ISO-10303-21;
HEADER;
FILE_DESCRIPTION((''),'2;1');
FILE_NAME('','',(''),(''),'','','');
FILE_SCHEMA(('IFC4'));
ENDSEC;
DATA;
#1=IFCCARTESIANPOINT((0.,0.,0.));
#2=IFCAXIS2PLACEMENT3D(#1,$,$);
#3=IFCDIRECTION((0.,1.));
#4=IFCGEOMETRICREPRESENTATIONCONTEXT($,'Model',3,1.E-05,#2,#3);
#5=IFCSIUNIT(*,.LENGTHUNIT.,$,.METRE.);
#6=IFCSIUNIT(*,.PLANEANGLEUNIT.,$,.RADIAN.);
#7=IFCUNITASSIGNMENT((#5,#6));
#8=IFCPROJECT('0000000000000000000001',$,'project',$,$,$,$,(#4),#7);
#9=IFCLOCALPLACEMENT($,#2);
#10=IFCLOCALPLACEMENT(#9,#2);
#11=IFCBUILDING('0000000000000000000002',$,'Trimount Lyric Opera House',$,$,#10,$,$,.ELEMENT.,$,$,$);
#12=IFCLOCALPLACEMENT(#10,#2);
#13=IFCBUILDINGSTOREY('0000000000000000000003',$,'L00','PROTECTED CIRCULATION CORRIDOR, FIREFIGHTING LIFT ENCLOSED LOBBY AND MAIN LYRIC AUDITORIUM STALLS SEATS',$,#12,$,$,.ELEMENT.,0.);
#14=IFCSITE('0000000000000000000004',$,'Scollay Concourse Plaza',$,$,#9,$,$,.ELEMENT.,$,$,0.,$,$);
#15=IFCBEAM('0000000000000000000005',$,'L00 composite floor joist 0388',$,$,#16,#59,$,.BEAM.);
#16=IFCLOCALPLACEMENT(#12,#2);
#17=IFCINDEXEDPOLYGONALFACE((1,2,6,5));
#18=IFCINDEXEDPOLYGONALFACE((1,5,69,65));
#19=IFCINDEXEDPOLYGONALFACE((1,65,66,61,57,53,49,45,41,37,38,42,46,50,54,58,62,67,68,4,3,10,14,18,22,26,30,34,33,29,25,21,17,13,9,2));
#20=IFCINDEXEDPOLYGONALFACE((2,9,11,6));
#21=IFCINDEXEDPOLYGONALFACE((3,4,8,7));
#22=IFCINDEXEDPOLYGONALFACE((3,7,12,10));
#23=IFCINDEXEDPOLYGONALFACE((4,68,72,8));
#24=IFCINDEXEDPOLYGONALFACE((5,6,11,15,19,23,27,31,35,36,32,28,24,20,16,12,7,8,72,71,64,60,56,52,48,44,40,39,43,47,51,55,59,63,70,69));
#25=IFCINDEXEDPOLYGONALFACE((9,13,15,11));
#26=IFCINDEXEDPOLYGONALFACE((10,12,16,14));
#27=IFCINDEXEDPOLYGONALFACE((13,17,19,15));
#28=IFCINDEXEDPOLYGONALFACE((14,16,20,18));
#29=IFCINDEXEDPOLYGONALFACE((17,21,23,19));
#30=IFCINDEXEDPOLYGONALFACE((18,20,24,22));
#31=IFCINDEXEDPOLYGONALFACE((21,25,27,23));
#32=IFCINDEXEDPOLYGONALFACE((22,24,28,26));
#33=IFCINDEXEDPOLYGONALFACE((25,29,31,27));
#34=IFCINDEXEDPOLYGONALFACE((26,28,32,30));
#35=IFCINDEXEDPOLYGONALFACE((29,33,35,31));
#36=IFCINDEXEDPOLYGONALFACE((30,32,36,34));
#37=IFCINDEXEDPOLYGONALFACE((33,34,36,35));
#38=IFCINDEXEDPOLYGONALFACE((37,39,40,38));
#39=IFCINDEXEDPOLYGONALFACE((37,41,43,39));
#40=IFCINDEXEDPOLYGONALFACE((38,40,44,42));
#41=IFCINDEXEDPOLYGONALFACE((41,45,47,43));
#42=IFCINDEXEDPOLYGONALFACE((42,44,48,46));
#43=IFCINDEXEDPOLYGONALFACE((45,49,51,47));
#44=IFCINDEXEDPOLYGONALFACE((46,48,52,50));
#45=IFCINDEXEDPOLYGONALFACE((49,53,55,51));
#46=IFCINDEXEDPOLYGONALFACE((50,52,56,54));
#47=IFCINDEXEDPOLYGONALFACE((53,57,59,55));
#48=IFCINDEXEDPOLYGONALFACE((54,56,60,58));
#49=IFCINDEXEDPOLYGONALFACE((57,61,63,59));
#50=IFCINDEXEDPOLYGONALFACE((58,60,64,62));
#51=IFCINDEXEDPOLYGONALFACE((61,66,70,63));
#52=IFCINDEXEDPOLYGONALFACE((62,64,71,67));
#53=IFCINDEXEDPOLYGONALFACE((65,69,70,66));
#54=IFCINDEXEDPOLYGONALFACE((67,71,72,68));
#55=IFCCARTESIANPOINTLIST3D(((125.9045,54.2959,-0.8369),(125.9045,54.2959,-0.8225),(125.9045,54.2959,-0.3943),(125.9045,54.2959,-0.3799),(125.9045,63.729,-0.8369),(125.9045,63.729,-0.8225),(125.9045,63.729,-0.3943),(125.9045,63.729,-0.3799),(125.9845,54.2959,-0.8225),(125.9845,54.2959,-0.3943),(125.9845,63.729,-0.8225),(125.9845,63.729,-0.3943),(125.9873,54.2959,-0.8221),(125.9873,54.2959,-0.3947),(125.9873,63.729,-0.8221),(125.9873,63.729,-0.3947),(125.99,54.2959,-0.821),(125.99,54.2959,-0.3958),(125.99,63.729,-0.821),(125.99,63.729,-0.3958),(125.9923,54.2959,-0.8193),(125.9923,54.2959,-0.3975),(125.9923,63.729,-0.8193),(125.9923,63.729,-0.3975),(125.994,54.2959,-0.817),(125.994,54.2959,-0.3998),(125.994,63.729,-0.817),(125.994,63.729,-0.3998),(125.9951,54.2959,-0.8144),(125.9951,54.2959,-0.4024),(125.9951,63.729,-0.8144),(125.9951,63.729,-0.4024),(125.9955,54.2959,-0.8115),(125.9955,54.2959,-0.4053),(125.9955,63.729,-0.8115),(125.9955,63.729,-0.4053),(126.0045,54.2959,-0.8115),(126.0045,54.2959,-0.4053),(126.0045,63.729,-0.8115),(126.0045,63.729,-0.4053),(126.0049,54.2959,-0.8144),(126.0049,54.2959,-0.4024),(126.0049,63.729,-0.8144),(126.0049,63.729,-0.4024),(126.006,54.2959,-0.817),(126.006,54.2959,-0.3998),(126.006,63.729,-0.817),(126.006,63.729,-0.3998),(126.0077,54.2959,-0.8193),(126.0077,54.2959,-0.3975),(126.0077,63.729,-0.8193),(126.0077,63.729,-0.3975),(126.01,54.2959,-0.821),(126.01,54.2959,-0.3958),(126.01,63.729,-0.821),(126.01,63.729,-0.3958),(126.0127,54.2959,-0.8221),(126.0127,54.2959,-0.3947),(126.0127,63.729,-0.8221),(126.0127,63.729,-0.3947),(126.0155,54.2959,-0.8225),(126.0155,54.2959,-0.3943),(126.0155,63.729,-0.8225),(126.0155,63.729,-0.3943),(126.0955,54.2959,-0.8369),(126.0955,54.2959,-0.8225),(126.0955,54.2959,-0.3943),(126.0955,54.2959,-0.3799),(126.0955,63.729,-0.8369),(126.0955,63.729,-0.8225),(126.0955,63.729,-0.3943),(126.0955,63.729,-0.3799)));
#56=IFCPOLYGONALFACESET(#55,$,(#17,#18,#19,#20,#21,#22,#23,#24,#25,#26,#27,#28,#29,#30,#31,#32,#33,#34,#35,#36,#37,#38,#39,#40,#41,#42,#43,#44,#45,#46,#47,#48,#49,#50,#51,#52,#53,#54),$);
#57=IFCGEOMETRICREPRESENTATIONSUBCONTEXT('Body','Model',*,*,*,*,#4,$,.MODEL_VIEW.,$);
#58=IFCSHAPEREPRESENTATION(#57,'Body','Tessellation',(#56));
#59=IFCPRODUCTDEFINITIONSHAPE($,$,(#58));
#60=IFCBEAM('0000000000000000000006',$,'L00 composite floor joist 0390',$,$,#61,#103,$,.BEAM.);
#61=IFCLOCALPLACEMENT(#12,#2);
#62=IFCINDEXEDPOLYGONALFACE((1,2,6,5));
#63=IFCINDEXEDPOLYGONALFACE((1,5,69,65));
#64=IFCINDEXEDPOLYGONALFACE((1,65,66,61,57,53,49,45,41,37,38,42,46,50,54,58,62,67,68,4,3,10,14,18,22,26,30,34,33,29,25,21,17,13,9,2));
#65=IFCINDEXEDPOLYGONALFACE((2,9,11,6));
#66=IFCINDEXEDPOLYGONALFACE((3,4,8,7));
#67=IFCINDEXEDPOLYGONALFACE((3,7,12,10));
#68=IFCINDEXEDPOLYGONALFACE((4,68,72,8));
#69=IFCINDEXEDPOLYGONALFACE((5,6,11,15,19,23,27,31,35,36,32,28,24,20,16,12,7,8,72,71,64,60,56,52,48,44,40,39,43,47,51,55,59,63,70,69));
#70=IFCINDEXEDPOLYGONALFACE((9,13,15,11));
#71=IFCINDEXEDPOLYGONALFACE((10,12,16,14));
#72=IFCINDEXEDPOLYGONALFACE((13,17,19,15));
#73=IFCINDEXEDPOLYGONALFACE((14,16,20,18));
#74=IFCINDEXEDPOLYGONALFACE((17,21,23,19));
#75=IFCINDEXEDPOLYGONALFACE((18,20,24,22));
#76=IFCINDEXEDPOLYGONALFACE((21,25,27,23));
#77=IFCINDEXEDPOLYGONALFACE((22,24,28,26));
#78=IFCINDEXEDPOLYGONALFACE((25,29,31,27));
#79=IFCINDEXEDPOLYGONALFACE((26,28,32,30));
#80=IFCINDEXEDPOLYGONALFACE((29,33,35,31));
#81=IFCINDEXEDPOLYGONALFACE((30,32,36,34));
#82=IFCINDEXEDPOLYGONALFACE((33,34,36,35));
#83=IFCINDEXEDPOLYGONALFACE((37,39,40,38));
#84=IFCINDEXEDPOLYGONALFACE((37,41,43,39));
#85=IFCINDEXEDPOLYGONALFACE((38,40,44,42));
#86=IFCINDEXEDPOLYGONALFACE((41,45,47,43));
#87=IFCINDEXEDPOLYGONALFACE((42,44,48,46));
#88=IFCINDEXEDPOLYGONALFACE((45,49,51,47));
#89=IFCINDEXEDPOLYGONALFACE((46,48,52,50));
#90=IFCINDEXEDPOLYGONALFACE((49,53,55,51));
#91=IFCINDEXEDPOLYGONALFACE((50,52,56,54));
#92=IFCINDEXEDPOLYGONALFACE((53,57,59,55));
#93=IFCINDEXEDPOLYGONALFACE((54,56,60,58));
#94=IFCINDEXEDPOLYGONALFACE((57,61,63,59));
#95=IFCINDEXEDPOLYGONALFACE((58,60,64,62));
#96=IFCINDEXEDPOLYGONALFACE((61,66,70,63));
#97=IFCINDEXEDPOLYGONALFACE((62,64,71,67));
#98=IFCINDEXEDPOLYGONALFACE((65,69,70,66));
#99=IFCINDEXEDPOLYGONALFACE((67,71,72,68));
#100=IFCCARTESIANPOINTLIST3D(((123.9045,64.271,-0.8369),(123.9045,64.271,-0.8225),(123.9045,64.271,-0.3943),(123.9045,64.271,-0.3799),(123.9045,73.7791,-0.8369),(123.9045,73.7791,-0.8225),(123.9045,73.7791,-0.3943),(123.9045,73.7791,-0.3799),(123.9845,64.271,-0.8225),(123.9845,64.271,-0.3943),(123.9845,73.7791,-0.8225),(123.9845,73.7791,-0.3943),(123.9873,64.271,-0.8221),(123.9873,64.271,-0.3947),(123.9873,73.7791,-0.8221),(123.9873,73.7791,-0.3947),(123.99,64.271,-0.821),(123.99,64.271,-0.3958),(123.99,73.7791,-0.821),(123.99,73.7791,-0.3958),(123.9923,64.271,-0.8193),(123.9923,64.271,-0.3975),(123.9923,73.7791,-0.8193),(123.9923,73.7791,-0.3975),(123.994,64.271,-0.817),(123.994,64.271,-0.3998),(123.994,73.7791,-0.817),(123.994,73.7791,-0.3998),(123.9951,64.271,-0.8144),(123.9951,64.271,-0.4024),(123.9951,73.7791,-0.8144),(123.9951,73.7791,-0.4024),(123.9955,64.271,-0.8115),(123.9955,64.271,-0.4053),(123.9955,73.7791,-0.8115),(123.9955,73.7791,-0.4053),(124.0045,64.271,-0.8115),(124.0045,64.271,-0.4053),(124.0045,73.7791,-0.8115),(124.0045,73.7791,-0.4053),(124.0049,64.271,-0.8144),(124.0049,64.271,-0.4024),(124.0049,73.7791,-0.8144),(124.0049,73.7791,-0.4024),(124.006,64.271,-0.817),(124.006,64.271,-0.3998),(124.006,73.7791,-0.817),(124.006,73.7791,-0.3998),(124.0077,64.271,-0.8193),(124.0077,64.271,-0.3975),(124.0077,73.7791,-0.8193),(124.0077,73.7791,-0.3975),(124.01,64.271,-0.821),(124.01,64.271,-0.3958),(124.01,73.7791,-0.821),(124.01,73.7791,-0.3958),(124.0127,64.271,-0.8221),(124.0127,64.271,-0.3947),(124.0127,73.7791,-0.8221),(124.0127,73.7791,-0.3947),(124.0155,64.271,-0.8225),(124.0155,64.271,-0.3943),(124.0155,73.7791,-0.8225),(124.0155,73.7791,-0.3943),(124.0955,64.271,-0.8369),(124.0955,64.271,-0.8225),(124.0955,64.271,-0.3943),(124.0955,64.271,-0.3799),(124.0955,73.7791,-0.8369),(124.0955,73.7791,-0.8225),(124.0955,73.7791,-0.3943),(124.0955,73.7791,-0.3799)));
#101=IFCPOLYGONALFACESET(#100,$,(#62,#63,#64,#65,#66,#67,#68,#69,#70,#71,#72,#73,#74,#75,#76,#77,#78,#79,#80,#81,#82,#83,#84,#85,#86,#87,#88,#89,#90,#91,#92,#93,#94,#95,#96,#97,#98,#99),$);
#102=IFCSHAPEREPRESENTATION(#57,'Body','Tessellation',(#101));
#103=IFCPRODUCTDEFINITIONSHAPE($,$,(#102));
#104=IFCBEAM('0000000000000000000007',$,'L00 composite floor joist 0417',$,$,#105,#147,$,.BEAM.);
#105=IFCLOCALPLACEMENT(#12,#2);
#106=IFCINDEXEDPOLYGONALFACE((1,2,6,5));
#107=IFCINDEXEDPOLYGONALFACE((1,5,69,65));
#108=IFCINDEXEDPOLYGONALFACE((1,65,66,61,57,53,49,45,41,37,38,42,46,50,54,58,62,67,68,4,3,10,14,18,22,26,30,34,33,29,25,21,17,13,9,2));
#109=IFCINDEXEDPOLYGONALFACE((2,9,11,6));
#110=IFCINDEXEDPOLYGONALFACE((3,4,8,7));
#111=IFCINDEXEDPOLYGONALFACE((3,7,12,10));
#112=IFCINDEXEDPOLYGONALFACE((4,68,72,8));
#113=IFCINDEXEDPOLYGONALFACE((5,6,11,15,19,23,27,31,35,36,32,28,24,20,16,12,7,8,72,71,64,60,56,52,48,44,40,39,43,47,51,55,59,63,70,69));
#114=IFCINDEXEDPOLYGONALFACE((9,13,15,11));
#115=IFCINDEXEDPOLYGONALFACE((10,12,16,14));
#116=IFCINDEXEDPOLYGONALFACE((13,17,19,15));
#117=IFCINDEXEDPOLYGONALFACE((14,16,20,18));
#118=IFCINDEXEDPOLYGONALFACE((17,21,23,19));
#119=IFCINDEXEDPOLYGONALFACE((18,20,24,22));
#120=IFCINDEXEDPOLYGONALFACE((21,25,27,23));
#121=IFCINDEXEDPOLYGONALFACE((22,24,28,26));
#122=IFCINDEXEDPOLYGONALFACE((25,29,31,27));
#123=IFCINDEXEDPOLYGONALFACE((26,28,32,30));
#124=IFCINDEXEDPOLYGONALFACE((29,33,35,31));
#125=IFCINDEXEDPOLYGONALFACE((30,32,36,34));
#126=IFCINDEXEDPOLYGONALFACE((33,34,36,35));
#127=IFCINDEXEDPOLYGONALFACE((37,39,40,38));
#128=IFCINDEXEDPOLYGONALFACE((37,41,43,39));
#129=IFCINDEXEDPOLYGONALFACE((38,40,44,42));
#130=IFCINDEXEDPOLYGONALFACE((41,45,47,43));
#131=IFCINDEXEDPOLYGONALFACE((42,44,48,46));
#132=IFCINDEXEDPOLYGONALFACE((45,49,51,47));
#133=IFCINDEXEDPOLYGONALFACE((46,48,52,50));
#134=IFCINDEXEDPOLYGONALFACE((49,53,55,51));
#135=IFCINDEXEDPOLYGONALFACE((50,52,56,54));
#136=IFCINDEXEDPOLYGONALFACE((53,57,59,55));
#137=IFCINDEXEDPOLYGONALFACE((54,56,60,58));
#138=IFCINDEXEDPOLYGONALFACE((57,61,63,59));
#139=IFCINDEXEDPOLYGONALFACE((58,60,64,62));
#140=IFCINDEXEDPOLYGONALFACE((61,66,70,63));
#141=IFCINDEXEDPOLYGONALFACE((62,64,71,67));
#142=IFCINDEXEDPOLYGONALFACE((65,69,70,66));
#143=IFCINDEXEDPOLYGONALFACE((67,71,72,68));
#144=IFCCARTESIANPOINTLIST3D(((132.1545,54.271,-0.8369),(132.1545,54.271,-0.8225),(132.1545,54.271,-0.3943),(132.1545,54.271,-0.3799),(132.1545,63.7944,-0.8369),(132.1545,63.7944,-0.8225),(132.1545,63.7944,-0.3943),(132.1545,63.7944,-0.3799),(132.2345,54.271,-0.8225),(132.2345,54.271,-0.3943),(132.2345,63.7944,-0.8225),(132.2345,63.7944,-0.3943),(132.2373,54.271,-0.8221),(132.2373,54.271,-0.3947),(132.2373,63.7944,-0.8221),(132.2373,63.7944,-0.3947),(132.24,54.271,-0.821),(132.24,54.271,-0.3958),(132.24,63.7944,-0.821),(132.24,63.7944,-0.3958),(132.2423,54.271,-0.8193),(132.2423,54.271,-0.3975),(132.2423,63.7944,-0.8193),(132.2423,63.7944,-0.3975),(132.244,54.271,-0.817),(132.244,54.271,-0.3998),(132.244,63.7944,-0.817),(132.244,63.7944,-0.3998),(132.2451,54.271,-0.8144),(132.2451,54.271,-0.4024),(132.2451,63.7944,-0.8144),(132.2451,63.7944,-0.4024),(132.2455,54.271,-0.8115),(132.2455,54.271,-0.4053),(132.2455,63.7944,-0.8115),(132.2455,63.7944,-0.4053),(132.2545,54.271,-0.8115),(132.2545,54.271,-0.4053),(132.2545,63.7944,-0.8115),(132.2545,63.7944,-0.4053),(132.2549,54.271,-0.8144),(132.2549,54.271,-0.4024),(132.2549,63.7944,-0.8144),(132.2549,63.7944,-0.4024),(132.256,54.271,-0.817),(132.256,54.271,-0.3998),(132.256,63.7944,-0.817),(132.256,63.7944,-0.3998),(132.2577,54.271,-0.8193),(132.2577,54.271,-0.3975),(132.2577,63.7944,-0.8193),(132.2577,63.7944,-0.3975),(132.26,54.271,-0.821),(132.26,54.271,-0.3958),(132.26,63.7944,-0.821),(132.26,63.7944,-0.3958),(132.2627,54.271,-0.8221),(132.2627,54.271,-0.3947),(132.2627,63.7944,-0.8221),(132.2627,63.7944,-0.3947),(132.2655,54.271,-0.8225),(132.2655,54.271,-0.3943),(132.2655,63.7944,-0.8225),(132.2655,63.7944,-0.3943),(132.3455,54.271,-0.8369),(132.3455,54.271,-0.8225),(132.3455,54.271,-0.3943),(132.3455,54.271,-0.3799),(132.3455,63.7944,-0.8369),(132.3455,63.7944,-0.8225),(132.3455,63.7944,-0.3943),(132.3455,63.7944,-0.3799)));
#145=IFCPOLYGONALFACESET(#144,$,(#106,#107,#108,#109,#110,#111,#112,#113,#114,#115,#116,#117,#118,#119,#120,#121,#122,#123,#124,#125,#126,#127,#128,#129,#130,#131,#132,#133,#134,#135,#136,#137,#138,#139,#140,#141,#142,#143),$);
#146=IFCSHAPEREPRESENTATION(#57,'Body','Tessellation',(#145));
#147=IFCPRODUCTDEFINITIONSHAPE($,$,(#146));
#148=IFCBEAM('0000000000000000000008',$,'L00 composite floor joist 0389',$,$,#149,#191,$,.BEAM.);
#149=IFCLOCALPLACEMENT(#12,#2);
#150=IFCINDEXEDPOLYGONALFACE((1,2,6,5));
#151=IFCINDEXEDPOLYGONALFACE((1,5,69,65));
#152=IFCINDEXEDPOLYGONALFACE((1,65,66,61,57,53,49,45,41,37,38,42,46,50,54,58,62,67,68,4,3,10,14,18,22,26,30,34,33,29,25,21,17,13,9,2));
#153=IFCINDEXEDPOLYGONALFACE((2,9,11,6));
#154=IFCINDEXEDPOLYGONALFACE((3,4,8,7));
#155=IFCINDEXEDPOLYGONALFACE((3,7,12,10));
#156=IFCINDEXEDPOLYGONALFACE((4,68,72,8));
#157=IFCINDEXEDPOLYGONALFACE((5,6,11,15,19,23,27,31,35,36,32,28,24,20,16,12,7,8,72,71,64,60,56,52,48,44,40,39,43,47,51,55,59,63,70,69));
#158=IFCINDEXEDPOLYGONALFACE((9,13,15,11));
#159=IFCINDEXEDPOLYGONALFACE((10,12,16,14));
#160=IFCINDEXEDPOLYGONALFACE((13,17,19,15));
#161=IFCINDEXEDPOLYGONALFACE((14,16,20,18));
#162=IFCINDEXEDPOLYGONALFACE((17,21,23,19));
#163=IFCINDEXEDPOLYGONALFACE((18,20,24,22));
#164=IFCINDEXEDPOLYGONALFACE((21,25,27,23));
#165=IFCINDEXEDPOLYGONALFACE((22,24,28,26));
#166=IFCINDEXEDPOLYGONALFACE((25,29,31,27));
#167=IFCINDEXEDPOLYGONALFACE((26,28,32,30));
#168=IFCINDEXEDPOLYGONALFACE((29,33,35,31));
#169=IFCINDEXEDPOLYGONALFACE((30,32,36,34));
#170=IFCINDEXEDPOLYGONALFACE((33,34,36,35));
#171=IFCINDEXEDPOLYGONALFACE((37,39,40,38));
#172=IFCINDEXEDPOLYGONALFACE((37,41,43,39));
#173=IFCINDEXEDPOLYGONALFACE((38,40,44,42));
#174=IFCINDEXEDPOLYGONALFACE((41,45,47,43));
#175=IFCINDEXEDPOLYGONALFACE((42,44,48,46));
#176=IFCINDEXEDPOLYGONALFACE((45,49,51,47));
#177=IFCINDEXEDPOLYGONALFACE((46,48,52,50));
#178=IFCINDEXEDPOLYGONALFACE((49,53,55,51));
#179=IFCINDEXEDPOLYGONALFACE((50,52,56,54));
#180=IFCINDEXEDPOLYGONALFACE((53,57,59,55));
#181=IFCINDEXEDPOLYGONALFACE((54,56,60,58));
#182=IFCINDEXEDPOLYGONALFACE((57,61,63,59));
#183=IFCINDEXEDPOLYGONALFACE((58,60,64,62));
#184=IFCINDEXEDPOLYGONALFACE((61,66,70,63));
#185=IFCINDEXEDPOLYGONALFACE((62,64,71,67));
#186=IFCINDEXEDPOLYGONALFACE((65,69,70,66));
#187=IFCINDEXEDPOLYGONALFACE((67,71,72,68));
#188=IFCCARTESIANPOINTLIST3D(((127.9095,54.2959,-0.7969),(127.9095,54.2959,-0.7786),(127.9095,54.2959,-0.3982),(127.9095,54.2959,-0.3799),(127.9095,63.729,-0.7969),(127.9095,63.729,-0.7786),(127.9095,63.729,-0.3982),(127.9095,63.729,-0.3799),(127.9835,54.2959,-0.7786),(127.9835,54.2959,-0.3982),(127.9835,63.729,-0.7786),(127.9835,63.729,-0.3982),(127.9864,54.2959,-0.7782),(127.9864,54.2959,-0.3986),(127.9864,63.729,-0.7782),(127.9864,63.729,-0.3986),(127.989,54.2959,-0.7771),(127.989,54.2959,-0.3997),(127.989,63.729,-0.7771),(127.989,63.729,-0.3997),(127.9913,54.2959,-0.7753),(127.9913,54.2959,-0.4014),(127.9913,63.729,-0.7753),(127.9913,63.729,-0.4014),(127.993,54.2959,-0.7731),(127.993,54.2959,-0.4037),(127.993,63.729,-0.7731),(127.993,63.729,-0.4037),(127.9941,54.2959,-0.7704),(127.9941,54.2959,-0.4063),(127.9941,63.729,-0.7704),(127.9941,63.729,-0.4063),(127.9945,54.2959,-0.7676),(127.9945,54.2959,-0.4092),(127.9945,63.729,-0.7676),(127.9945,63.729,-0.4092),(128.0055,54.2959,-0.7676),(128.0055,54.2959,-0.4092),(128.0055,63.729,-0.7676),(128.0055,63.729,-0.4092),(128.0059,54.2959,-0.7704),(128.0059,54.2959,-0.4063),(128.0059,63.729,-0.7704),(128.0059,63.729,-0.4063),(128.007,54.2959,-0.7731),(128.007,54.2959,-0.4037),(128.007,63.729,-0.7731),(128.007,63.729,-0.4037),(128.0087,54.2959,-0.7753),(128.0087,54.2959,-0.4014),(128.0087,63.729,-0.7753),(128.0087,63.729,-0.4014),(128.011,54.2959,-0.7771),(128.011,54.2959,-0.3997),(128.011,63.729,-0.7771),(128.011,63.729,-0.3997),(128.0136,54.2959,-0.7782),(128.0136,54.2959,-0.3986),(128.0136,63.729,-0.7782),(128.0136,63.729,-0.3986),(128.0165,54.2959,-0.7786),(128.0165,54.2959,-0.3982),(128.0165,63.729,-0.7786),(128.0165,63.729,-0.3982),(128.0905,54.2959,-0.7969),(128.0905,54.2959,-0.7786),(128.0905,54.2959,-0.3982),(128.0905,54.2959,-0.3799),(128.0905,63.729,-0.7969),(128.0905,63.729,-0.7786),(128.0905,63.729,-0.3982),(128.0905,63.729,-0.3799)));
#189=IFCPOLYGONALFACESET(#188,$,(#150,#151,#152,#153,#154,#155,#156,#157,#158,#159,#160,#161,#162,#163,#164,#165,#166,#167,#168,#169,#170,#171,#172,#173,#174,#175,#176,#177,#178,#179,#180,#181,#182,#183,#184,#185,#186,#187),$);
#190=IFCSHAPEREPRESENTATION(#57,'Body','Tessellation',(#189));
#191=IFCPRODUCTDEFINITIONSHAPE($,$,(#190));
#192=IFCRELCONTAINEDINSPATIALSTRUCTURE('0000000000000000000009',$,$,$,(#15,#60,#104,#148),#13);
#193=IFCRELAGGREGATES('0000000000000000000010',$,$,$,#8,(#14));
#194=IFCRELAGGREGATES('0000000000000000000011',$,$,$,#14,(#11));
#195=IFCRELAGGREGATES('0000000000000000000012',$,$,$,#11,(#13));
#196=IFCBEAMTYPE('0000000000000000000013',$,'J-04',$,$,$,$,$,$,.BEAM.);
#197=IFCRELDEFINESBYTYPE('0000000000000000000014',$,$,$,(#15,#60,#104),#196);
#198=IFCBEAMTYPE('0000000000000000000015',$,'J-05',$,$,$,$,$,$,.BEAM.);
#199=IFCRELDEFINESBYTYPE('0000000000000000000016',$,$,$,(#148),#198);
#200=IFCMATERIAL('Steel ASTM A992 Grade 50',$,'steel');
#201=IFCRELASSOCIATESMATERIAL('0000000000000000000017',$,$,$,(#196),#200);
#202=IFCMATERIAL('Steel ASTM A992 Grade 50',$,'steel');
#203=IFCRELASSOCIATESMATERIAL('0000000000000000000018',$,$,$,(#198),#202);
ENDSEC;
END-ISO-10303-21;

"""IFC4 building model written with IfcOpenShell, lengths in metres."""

from ifc_helpers import new_model, si_unit, direction, frame, origin, origin_2d, place, context, subcontext, project, spatial, i_section, extrude, material, material_profile, profile_set, type_object, element, save


model = new_model("IFC4")

# Units and contexts
model_context = context("Model", 3, precision=1e-05, world=origin(), true_north=direction((0.0, 1.0)))
body_context = subcontext(model_context, "Body", "Model", "MODEL_VIEW")
ifc_project = project(units=[si_unit("LENGTHUNIT", "METRE"), si_unit("PLANEANGLEUNIT", "RADIAN")], contexts=[model_context])

# Site, building, storey
site_placement = place(None, origin())
site = spatial("IfcSite", under=ifc_project, at=site_placement, Name="Scollay Concourse Plaza", CompositionType="ELEMENT", RefElevation=0.0)
building_placement = place(site_placement, origin())
building = spatial("IfcBuilding", under=site, at=building_placement, Name="Trimount Lyric Opera House", CompositionType="ELEMENT")
storey_placement = place(building_placement, origin())
storey = spatial("IfcBuildingStorey", under=building, at=storey_placement, Name="L00", Description="PROTECTED CIRCULATION CORRIDOR, FIREFIGHTING LIFT ENCLOSED LOBBY AND MAIN LYRIC AUDITORIUM STALLS SEATS", CompositionType="ELEMENT", Elevation=0.0)

# Beams
ifc_material_1 = material(Name="Steel ASTM A992 Grade 50", Category="steel")
ifc_material_profile_1 = material_profile(ifc_material_1, i_section(OverallWidth=0.1909, OverallDepth=0.457, WebThickness=0.009, FlangeThickness=0.0144, FilletRadius=0.011, at=origin_2d()), Name="W18X50")
ifc_profile_set_1 = profile_set([ifc_material_profile_1], Name="Steel ASTM A992 Grade 50")
beam_type_1 = type_object("IfcBeamType", Name="J-04", PredefinedType="BEAM", material=ifc_profile_set_1)
beam_1_placement = place(storey_placement, frame((126.0, 54.2959, -0.6084), z_axis=(0.0, 1.0, 0.0), x_axis=(-1.0, 0.0, 0.0)))
element("IfcBeam", 1, at=beam_1_placement, inside=storey, type_object=beam_type_1, Name="L00 composite floor joist 0388", PredefinedType="BEAM", context=body_context, shape_type="SweptSolid", body=[
    extrude(i_section(OverallWidth=0.1909, OverallDepth=0.457, WebThickness=0.009, FlangeThickness=0.0144, FilletRadius=0.011, at=origin_2d()), origin(), (0.0, 0.0, 1.0), 9.4331),
])
beam_2_placement = place(storey_placement, frame((124.0, 64.271, -0.6084), z_axis=(0.0, 1.0, 0.0), x_axis=(-1.0, 0.0, 0.0)))
element("IfcBeam", 2, at=beam_2_placement, inside=storey, type_object=beam_type_1, Name="L00 composite floor joist 0390", PredefinedType="BEAM", context=body_context, shape_type="SweptSolid", body=[
    extrude(i_section(OverallWidth=0.1909, OverallDepth=0.457, WebThickness=0.009, FlangeThickness=0.0144, FilletRadius=0.011, at=origin_2d()), origin(), (0.0, 0.0, 1.0), 9.5081),
])
beam_3_placement = place(storey_placement, frame((132.25, 54.271, -0.6084), z_axis=(0.0, 1.0, 0.0), x_axis=(-1.0, 0.0, 0.0)))
element("IfcBeam", 3, at=beam_3_placement, inside=storey, type_object=beam_type_1, Name="L00 composite floor joist 0417", PredefinedType="BEAM", context=body_context, shape_type="SweptSolid", body=[
    extrude(i_section(OverallWidth=0.1909, OverallDepth=0.457, WebThickness=0.009, FlangeThickness=0.0144, FilletRadius=0.011, at=origin_2d()), origin(), (0.0, 0.0, 1.0), 9.5234),
])
ifc_material_2 = material(Name="Steel ASTM A992 Grade 50", Category="steel")
ifc_material_profile_2 = material_profile(ifc_material_2, i_section(OverallWidth=0.1809, OverallDepth=0.417, WebThickness=0.011, FlangeThickness=0.0183, FilletRadius=0.011, at=origin_2d()), Name="W16X57")
ifc_profile_set_2 = profile_set([ifc_material_profile_2], Name="Steel ASTM A992 Grade 50")
beam_type_2 = type_object("IfcBeamType", Name="J-05", PredefinedType="BEAM", material=ifc_profile_set_2)
beam_4_placement = place(storey_placement, frame((128.0, 54.2959, -0.5884), z_axis=(0.0, 1.0, 0.0), x_axis=(-1.0, 0.0, 0.0)))
element("IfcBeam", 4, at=beam_4_placement, inside=storey, type_object=beam_type_2, Name="L00 composite floor joist 0389", PredefinedType="BEAM", context=body_context, shape_type="SweptSolid", body=[
    extrude(i_section(OverallWidth=0.1809, OverallDepth=0.417, WebThickness=0.011, FlangeThickness=0.0183, FilletRadius=0.011, at=origin_2d()), origin(), (0.0, 0.0, 1.0), 9.4331),
])

save(model, "model.ifc")
